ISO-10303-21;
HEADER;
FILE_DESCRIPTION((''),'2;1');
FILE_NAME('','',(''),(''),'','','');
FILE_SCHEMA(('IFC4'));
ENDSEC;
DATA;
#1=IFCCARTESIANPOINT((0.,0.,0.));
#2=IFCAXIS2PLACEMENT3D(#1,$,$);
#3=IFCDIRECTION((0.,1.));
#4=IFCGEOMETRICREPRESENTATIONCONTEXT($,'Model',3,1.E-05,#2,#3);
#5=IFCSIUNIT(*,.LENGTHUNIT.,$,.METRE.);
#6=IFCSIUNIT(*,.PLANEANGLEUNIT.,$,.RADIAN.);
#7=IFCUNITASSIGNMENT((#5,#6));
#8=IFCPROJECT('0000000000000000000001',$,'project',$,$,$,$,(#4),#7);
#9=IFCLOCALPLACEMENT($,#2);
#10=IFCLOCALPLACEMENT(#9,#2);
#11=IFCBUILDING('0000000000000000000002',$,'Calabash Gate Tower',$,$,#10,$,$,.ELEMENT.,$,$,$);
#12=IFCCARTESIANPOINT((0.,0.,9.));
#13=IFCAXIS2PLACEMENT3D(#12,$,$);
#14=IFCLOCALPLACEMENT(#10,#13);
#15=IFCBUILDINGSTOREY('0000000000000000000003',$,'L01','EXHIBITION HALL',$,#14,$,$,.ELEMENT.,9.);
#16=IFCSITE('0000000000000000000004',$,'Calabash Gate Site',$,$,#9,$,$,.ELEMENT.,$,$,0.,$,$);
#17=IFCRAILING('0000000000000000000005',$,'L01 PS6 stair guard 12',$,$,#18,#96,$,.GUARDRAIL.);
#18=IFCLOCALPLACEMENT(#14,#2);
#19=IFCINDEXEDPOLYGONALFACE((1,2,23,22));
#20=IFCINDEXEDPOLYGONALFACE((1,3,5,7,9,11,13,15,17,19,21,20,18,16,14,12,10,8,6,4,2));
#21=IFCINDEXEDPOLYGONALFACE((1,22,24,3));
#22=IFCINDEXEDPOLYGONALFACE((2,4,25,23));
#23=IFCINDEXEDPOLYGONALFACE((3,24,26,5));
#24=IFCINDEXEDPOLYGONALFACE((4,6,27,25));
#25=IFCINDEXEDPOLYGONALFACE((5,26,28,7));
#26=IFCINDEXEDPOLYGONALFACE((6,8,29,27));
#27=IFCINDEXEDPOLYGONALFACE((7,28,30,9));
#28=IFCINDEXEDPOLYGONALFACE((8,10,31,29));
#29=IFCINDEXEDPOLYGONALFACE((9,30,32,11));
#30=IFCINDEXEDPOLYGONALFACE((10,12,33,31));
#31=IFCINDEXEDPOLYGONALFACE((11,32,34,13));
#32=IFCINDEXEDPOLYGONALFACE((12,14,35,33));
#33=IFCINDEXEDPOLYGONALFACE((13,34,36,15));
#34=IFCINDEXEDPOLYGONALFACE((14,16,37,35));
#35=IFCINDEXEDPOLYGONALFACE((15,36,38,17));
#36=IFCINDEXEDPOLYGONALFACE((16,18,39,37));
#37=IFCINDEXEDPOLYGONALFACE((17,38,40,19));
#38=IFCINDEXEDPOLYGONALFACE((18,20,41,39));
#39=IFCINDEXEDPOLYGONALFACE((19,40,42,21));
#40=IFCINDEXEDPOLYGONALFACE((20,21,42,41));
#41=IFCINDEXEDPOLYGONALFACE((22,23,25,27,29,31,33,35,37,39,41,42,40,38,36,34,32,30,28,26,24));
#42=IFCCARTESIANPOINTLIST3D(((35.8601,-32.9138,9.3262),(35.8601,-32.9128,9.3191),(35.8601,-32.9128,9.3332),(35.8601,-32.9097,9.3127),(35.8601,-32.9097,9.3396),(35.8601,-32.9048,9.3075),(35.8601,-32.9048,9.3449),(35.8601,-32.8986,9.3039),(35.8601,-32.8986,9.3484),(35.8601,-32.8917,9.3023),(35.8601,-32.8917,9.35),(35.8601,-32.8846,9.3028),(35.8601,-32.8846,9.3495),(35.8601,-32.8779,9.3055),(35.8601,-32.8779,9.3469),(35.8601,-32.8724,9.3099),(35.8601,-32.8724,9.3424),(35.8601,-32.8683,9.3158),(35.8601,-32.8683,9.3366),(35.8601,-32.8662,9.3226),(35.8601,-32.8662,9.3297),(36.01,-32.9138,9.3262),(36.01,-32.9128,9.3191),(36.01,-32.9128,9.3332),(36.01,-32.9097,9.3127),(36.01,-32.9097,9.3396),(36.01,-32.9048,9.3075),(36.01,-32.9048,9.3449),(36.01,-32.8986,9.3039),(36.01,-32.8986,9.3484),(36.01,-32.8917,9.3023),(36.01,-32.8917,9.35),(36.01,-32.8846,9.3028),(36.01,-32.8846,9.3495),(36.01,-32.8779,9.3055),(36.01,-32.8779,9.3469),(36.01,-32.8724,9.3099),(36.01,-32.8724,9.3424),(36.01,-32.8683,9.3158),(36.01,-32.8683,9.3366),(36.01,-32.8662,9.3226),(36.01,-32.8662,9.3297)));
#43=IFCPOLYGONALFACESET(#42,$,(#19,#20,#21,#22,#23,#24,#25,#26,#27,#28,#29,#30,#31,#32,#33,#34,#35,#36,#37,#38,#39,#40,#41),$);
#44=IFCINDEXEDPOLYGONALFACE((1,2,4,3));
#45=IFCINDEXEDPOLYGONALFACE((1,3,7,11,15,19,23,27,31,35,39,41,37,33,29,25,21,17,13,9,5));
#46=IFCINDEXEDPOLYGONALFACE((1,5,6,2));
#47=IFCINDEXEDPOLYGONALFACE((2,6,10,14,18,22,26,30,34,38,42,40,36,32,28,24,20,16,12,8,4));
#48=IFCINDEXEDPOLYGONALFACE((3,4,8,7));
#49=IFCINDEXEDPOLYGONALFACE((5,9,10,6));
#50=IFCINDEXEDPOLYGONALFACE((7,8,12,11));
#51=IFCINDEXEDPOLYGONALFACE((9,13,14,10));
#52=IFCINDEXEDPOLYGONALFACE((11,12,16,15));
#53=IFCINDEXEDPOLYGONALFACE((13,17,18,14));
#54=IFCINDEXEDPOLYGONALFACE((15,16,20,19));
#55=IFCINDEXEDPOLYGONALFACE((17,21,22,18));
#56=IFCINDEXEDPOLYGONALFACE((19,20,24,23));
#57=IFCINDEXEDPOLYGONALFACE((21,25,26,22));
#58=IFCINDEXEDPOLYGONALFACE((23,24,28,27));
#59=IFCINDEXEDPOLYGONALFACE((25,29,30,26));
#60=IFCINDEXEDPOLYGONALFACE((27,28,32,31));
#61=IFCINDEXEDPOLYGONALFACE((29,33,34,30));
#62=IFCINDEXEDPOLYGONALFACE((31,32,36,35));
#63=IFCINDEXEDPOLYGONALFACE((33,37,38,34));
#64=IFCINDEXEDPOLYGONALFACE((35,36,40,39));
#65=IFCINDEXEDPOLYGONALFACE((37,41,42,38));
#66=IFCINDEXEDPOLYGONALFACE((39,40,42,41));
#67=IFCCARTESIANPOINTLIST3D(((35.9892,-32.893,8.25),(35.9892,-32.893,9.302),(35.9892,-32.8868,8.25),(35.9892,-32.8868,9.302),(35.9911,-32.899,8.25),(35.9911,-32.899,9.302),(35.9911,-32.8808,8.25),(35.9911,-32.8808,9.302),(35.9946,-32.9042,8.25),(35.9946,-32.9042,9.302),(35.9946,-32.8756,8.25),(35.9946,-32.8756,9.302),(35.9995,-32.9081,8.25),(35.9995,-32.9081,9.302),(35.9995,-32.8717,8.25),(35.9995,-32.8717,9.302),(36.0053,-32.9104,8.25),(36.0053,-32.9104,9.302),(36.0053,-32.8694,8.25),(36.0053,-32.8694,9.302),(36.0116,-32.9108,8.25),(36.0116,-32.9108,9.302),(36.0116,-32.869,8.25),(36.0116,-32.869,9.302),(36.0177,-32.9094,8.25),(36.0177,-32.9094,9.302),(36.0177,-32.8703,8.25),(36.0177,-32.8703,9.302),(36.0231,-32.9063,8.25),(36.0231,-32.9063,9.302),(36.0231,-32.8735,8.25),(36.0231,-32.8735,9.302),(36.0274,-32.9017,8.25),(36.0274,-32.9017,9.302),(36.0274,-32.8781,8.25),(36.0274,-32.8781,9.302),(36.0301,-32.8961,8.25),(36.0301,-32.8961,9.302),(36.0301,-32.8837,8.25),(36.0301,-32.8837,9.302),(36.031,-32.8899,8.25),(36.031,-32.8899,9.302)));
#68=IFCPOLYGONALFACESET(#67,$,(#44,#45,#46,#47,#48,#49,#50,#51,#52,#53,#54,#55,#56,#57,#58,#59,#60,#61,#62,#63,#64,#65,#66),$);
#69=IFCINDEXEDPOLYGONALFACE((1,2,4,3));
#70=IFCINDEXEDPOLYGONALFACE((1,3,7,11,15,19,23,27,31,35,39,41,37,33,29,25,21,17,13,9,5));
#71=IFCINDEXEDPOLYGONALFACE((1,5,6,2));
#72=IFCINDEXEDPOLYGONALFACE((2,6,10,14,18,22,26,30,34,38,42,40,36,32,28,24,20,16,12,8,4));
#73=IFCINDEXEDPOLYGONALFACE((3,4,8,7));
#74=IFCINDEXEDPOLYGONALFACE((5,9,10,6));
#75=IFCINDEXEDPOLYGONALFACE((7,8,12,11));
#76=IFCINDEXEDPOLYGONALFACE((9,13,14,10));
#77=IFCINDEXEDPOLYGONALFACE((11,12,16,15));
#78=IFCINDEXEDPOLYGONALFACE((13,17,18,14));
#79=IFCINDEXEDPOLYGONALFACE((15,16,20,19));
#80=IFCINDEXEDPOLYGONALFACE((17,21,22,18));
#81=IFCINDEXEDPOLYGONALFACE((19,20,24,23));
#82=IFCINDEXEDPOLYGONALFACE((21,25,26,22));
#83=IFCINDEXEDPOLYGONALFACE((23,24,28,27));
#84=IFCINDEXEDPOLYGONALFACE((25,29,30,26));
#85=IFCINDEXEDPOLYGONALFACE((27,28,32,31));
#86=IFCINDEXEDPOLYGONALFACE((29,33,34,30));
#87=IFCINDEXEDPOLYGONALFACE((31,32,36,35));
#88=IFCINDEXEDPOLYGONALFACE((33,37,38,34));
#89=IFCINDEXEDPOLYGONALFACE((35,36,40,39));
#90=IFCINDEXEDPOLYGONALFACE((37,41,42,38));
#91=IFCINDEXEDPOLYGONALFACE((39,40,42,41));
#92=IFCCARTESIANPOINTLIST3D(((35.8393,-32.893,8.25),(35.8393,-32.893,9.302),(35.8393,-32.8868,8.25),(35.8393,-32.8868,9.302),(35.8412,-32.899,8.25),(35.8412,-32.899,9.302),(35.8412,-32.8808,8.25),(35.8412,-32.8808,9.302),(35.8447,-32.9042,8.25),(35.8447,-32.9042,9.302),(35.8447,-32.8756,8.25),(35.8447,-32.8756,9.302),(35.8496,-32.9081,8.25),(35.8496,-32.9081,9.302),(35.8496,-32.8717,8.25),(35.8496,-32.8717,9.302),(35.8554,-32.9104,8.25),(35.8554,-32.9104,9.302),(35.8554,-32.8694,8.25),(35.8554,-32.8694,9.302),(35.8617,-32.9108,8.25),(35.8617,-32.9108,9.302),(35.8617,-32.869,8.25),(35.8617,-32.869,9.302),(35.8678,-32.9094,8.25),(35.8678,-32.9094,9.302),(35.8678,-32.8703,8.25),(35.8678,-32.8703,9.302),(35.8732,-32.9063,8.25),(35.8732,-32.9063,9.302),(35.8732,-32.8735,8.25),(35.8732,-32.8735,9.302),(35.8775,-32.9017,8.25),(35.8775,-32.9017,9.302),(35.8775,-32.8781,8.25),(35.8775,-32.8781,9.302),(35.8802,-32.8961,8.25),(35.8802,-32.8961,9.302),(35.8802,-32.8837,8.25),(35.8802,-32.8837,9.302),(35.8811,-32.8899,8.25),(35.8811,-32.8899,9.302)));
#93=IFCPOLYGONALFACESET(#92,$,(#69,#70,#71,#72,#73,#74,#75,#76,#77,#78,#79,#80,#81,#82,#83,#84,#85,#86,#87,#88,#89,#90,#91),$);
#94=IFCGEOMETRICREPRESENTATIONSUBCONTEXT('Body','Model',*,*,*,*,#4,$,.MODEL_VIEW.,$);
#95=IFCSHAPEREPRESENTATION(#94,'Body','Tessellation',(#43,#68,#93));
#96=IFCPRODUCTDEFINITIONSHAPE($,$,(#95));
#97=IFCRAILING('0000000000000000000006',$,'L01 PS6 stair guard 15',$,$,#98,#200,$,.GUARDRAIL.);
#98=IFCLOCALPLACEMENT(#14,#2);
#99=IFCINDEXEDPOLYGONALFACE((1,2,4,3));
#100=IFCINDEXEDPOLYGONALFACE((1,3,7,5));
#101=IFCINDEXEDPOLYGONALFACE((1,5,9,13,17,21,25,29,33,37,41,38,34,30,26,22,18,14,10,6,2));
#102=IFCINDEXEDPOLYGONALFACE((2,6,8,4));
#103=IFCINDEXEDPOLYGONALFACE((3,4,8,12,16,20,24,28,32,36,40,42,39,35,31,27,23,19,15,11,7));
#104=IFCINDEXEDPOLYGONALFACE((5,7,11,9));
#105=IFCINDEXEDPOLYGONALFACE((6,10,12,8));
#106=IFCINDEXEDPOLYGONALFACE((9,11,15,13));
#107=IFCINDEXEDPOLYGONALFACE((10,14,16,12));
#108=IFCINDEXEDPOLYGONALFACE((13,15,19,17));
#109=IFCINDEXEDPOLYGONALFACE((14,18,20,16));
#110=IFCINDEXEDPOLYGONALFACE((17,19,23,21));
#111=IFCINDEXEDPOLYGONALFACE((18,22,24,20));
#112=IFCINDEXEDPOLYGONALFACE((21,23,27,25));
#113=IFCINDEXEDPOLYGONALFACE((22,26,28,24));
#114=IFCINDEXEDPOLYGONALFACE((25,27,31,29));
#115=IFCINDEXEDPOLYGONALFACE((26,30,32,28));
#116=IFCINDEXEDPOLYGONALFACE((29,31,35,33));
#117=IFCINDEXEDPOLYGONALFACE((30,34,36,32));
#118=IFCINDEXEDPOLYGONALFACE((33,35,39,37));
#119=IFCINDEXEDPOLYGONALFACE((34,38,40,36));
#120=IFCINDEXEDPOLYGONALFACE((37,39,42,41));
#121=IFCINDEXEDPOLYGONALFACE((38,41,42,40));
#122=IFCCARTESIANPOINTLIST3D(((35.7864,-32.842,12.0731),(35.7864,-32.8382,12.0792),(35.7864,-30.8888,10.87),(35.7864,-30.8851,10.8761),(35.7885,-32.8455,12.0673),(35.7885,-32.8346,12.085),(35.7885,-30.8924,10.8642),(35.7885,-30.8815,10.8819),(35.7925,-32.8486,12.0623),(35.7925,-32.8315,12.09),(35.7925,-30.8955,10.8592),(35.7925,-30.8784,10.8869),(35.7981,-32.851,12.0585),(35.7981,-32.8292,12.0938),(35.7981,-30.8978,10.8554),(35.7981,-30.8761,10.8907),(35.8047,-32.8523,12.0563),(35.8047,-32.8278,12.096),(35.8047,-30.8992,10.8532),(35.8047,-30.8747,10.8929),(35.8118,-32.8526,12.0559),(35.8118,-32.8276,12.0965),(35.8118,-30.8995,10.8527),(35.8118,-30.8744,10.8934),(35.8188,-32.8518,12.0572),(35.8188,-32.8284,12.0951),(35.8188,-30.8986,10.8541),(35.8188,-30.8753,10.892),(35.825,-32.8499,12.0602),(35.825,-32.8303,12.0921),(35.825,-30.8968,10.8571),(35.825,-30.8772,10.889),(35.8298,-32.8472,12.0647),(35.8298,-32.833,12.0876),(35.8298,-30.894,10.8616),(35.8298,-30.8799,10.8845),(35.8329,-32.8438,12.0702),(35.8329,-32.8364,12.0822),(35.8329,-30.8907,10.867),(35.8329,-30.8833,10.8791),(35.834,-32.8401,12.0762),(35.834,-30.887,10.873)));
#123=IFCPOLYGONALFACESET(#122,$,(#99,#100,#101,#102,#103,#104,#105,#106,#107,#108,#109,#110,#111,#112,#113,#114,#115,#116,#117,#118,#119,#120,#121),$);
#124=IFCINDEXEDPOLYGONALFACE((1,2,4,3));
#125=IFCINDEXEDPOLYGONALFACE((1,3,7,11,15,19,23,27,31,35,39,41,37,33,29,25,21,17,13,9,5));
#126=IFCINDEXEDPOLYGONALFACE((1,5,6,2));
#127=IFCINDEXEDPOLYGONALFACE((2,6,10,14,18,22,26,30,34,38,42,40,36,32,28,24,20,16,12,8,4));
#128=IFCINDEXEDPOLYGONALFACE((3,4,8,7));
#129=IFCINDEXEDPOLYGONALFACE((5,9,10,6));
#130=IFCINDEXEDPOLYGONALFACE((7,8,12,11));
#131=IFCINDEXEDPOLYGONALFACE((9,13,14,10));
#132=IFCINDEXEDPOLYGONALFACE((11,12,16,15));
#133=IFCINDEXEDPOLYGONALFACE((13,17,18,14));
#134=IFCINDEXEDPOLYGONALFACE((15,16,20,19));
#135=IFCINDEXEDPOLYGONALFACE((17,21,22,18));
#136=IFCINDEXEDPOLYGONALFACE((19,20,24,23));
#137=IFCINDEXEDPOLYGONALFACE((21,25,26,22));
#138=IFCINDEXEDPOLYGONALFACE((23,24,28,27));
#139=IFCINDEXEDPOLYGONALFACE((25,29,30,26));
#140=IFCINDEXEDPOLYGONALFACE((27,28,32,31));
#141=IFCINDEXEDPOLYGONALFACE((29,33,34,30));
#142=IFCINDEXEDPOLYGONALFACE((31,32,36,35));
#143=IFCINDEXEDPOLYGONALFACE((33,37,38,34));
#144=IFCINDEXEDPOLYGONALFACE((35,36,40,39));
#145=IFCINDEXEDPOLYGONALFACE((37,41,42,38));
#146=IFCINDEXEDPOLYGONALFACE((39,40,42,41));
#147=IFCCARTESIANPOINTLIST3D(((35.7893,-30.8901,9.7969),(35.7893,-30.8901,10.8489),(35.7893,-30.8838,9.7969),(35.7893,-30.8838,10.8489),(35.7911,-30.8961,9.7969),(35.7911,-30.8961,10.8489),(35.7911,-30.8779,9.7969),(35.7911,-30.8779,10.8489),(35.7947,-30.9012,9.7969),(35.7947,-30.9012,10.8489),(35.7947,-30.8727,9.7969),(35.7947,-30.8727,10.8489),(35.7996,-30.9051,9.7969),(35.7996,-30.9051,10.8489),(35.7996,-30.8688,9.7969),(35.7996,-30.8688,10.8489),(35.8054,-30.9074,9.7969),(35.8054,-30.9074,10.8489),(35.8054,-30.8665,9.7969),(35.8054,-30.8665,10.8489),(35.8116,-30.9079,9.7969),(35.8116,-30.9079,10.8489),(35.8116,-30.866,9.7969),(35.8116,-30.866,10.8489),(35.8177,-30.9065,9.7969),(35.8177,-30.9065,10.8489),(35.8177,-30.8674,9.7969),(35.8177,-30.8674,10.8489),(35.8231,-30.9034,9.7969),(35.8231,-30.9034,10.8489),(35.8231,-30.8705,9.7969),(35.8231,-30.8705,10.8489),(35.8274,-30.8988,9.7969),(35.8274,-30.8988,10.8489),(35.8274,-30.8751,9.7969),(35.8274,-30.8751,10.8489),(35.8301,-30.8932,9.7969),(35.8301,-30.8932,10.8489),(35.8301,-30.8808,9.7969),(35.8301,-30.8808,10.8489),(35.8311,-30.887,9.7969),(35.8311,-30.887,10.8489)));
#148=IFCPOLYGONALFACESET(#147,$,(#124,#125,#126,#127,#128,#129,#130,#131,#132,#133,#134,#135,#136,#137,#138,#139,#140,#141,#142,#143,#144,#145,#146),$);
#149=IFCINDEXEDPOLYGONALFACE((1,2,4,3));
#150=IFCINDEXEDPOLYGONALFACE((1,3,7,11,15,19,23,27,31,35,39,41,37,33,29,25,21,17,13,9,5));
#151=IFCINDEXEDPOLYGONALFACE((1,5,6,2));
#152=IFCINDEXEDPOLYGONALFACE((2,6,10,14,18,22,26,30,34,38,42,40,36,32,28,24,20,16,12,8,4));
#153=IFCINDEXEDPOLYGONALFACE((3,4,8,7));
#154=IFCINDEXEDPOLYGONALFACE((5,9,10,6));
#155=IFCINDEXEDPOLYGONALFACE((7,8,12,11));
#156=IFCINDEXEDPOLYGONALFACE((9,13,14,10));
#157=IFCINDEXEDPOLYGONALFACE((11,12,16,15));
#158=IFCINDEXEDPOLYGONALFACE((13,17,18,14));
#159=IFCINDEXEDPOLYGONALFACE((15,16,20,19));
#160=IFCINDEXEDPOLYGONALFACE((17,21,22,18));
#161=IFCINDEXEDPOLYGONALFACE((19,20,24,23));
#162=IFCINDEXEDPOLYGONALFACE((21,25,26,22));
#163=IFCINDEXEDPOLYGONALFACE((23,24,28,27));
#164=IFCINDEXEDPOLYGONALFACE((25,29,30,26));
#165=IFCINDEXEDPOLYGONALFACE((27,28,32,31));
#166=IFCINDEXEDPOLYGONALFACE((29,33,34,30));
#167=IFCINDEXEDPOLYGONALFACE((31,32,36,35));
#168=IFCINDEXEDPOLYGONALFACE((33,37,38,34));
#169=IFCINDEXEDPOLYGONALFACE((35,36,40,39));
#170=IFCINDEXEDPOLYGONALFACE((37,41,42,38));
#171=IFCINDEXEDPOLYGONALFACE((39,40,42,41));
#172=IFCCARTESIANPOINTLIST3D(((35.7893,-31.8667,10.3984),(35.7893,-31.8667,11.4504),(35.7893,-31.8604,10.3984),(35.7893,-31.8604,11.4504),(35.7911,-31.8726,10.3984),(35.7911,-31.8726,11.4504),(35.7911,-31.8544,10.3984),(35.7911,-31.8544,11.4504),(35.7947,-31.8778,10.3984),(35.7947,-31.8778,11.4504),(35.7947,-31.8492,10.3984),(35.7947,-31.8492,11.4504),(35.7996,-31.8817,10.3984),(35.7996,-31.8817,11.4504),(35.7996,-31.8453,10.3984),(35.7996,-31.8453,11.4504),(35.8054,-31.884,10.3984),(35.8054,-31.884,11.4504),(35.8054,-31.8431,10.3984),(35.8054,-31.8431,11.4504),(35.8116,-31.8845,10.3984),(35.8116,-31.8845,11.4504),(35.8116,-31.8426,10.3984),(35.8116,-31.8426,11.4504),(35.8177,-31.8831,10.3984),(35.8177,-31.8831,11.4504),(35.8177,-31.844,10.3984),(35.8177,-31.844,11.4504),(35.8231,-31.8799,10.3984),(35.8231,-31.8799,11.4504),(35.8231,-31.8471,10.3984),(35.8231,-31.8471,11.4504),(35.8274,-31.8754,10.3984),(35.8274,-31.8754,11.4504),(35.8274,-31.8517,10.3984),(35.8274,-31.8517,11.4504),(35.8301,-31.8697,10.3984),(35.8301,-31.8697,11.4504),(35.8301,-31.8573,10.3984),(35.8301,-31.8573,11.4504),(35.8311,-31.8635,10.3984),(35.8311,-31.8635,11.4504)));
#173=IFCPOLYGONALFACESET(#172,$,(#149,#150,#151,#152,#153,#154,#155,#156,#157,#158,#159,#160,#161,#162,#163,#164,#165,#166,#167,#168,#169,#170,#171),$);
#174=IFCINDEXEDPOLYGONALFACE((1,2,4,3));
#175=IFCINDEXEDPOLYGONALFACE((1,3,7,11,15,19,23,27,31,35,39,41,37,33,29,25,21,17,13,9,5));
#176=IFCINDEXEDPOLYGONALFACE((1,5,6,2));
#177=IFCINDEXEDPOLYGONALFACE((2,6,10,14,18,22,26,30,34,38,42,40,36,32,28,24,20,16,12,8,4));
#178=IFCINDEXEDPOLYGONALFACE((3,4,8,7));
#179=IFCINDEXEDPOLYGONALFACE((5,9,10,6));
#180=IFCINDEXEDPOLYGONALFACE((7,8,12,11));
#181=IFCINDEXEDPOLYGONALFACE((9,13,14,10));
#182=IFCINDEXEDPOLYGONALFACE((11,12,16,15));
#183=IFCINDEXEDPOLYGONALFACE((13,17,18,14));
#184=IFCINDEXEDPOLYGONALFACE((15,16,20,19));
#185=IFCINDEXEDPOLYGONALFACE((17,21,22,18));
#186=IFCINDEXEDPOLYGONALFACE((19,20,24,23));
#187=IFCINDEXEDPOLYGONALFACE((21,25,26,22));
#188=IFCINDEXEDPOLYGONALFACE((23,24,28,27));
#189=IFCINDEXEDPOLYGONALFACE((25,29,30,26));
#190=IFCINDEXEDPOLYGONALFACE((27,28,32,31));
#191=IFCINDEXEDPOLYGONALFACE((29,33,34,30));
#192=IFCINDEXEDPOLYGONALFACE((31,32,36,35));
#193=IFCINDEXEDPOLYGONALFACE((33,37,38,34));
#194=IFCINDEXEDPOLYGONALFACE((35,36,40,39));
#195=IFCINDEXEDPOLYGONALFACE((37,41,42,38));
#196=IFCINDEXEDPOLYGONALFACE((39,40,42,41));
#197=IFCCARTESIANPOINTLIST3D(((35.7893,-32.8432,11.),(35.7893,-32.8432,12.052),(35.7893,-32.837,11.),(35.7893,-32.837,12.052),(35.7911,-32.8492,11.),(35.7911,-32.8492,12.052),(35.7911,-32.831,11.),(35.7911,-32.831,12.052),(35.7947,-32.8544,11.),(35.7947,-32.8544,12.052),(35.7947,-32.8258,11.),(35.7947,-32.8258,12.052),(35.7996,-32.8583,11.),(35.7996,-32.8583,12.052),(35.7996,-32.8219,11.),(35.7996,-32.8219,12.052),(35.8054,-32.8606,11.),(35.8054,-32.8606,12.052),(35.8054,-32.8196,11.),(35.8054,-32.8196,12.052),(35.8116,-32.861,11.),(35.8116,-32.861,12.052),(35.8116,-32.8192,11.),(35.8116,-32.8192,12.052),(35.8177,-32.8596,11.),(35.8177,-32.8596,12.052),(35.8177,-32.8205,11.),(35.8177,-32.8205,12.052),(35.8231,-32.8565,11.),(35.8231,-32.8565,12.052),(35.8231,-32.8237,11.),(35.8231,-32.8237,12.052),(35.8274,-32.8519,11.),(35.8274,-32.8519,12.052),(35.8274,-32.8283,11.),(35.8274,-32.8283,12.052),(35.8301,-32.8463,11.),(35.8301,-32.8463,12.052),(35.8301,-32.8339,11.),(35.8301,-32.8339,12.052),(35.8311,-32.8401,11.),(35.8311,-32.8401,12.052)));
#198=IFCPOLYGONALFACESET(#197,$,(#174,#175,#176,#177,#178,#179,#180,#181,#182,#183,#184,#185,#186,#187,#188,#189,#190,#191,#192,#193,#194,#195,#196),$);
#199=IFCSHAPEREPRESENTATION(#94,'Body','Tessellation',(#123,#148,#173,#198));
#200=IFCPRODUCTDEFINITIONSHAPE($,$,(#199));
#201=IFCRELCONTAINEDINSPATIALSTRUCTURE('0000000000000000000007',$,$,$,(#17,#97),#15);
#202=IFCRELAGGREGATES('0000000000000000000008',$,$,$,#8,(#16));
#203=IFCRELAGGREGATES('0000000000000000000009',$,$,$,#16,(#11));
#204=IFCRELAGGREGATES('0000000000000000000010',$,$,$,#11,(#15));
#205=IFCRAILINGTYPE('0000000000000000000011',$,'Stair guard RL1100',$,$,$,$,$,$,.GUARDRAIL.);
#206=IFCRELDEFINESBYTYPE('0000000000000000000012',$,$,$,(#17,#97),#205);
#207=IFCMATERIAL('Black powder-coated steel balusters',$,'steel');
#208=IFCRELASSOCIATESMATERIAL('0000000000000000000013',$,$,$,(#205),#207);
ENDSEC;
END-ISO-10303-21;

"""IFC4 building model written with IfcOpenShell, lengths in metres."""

from ifc_helpers import new_model, si_unit, direction, frame, origin, origin_2d, place, context, subcontext, project, spatial, circle, extrude, material, type_object, element, save


model = new_model("IFC4")

# Units and contexts
model_context = context("Model", 3, precision=1e-05, world=origin(), true_north=direction((0.0, 1.0)))
body_context = subcontext(model_context, "Body", "Model", "MODEL_VIEW")
ifc_project = project(units=[si_unit("LENGTHUNIT", "METRE"), si_unit("PLANEANGLEUNIT", "RADIAN")], contexts=[model_context])

# Site, building, storey
site_placement = place(None, origin())
site = spatial("IfcSite", under=ifc_project, at=site_placement, Name="Calabash Gate Site", CompositionType="ELEMENT", RefElevation=0.0)
building_placement = place(site_placement, origin())
building = spatial("IfcBuilding", under=site, at=building_placement, Name="Calabash Gate Tower", CompositionType="ELEMENT")
storey_placement = place(building_placement, frame((0.0, 0.0, 9.0)))
storey = spatial("IfcBuildingStorey", under=building, at=storey_placement, Name="L01", Description="EXHIBITION HALL", CompositionType="ELEMENT", Elevation=9.0)

# Railings
ifc_material_1 = material(Name="Black powder-coated steel balusters", Category="steel")
railing_type_1 = type_object("IfcRailingType", Name="Stair guard RL1100", PredefinedType="GUARDRAIL", material=ifc_material_1)
railing_1_placement = place(storey_placement, frame((36.01, -32.8899, 8.25)))
element("IfcRailing", 1, at=railing_1_placement, inside=storey, type_object=railing_type_1, Name="L01 PS6 stair guard 12", PredefinedType="GUARDRAIL", context=body_context, shape_type="SweptSolid", body=[
    extrude(circle(Radius=0.0239, at=origin_2d()), frame((0.0, 0.0, 1.0762), z_axis=(-1.0, 0.0, 0.0), x_axis=(0.0, -1.0, 0.0)), (0.0, 0.0, 1.0), 0.1499),
    extrude(circle(Radius=0.021, at=origin_2d()), origin(), (0.0, 0.0, 1.0), 1.052),
    extrude(circle(Radius=0.021, at=origin_2d()), frame((-0.1499, 0.0, 0.0)), (0.0, 0.0, 1.0), 1.052),
])
railing_2_placement = place(storey_placement, frame((35.8101, -30.887, 9.7969)))
element("IfcRailing", 2, at=railing_2_placement, inside=storey, type_object=railing_type_1, Name="L01 PS6 stair guard 15", PredefinedType="GUARDRAIL", context=body_context, shape_type="SweptSolid", body=[
    extrude(circle(Radius=0.0239, at=origin_2d()), frame((0.0, 0.0, 1.0762), z_axis=(0.0, -0.851424, 0.524477), x_axis=(1.0, 0.0, 0.0)), (0.0, 0.0, 1.0), 2.2939),
    extrude(circle(Radius=0.021, at=origin_2d()), origin(), (0.0, 0.0, 1.0), 1.052),
    extrude(circle(Radius=0.021, at=origin_2d()), frame((0.0, -0.9766, 0.6016)), (0.0, 0.0, 1.0), 1.052),
    extrude(circle(Radius=0.021, at=origin_2d()), frame((0.0, -1.9531, 1.2031)), (0.0, 0.0, 1.0), 1.052),
])

save(model, "model.ifc")
